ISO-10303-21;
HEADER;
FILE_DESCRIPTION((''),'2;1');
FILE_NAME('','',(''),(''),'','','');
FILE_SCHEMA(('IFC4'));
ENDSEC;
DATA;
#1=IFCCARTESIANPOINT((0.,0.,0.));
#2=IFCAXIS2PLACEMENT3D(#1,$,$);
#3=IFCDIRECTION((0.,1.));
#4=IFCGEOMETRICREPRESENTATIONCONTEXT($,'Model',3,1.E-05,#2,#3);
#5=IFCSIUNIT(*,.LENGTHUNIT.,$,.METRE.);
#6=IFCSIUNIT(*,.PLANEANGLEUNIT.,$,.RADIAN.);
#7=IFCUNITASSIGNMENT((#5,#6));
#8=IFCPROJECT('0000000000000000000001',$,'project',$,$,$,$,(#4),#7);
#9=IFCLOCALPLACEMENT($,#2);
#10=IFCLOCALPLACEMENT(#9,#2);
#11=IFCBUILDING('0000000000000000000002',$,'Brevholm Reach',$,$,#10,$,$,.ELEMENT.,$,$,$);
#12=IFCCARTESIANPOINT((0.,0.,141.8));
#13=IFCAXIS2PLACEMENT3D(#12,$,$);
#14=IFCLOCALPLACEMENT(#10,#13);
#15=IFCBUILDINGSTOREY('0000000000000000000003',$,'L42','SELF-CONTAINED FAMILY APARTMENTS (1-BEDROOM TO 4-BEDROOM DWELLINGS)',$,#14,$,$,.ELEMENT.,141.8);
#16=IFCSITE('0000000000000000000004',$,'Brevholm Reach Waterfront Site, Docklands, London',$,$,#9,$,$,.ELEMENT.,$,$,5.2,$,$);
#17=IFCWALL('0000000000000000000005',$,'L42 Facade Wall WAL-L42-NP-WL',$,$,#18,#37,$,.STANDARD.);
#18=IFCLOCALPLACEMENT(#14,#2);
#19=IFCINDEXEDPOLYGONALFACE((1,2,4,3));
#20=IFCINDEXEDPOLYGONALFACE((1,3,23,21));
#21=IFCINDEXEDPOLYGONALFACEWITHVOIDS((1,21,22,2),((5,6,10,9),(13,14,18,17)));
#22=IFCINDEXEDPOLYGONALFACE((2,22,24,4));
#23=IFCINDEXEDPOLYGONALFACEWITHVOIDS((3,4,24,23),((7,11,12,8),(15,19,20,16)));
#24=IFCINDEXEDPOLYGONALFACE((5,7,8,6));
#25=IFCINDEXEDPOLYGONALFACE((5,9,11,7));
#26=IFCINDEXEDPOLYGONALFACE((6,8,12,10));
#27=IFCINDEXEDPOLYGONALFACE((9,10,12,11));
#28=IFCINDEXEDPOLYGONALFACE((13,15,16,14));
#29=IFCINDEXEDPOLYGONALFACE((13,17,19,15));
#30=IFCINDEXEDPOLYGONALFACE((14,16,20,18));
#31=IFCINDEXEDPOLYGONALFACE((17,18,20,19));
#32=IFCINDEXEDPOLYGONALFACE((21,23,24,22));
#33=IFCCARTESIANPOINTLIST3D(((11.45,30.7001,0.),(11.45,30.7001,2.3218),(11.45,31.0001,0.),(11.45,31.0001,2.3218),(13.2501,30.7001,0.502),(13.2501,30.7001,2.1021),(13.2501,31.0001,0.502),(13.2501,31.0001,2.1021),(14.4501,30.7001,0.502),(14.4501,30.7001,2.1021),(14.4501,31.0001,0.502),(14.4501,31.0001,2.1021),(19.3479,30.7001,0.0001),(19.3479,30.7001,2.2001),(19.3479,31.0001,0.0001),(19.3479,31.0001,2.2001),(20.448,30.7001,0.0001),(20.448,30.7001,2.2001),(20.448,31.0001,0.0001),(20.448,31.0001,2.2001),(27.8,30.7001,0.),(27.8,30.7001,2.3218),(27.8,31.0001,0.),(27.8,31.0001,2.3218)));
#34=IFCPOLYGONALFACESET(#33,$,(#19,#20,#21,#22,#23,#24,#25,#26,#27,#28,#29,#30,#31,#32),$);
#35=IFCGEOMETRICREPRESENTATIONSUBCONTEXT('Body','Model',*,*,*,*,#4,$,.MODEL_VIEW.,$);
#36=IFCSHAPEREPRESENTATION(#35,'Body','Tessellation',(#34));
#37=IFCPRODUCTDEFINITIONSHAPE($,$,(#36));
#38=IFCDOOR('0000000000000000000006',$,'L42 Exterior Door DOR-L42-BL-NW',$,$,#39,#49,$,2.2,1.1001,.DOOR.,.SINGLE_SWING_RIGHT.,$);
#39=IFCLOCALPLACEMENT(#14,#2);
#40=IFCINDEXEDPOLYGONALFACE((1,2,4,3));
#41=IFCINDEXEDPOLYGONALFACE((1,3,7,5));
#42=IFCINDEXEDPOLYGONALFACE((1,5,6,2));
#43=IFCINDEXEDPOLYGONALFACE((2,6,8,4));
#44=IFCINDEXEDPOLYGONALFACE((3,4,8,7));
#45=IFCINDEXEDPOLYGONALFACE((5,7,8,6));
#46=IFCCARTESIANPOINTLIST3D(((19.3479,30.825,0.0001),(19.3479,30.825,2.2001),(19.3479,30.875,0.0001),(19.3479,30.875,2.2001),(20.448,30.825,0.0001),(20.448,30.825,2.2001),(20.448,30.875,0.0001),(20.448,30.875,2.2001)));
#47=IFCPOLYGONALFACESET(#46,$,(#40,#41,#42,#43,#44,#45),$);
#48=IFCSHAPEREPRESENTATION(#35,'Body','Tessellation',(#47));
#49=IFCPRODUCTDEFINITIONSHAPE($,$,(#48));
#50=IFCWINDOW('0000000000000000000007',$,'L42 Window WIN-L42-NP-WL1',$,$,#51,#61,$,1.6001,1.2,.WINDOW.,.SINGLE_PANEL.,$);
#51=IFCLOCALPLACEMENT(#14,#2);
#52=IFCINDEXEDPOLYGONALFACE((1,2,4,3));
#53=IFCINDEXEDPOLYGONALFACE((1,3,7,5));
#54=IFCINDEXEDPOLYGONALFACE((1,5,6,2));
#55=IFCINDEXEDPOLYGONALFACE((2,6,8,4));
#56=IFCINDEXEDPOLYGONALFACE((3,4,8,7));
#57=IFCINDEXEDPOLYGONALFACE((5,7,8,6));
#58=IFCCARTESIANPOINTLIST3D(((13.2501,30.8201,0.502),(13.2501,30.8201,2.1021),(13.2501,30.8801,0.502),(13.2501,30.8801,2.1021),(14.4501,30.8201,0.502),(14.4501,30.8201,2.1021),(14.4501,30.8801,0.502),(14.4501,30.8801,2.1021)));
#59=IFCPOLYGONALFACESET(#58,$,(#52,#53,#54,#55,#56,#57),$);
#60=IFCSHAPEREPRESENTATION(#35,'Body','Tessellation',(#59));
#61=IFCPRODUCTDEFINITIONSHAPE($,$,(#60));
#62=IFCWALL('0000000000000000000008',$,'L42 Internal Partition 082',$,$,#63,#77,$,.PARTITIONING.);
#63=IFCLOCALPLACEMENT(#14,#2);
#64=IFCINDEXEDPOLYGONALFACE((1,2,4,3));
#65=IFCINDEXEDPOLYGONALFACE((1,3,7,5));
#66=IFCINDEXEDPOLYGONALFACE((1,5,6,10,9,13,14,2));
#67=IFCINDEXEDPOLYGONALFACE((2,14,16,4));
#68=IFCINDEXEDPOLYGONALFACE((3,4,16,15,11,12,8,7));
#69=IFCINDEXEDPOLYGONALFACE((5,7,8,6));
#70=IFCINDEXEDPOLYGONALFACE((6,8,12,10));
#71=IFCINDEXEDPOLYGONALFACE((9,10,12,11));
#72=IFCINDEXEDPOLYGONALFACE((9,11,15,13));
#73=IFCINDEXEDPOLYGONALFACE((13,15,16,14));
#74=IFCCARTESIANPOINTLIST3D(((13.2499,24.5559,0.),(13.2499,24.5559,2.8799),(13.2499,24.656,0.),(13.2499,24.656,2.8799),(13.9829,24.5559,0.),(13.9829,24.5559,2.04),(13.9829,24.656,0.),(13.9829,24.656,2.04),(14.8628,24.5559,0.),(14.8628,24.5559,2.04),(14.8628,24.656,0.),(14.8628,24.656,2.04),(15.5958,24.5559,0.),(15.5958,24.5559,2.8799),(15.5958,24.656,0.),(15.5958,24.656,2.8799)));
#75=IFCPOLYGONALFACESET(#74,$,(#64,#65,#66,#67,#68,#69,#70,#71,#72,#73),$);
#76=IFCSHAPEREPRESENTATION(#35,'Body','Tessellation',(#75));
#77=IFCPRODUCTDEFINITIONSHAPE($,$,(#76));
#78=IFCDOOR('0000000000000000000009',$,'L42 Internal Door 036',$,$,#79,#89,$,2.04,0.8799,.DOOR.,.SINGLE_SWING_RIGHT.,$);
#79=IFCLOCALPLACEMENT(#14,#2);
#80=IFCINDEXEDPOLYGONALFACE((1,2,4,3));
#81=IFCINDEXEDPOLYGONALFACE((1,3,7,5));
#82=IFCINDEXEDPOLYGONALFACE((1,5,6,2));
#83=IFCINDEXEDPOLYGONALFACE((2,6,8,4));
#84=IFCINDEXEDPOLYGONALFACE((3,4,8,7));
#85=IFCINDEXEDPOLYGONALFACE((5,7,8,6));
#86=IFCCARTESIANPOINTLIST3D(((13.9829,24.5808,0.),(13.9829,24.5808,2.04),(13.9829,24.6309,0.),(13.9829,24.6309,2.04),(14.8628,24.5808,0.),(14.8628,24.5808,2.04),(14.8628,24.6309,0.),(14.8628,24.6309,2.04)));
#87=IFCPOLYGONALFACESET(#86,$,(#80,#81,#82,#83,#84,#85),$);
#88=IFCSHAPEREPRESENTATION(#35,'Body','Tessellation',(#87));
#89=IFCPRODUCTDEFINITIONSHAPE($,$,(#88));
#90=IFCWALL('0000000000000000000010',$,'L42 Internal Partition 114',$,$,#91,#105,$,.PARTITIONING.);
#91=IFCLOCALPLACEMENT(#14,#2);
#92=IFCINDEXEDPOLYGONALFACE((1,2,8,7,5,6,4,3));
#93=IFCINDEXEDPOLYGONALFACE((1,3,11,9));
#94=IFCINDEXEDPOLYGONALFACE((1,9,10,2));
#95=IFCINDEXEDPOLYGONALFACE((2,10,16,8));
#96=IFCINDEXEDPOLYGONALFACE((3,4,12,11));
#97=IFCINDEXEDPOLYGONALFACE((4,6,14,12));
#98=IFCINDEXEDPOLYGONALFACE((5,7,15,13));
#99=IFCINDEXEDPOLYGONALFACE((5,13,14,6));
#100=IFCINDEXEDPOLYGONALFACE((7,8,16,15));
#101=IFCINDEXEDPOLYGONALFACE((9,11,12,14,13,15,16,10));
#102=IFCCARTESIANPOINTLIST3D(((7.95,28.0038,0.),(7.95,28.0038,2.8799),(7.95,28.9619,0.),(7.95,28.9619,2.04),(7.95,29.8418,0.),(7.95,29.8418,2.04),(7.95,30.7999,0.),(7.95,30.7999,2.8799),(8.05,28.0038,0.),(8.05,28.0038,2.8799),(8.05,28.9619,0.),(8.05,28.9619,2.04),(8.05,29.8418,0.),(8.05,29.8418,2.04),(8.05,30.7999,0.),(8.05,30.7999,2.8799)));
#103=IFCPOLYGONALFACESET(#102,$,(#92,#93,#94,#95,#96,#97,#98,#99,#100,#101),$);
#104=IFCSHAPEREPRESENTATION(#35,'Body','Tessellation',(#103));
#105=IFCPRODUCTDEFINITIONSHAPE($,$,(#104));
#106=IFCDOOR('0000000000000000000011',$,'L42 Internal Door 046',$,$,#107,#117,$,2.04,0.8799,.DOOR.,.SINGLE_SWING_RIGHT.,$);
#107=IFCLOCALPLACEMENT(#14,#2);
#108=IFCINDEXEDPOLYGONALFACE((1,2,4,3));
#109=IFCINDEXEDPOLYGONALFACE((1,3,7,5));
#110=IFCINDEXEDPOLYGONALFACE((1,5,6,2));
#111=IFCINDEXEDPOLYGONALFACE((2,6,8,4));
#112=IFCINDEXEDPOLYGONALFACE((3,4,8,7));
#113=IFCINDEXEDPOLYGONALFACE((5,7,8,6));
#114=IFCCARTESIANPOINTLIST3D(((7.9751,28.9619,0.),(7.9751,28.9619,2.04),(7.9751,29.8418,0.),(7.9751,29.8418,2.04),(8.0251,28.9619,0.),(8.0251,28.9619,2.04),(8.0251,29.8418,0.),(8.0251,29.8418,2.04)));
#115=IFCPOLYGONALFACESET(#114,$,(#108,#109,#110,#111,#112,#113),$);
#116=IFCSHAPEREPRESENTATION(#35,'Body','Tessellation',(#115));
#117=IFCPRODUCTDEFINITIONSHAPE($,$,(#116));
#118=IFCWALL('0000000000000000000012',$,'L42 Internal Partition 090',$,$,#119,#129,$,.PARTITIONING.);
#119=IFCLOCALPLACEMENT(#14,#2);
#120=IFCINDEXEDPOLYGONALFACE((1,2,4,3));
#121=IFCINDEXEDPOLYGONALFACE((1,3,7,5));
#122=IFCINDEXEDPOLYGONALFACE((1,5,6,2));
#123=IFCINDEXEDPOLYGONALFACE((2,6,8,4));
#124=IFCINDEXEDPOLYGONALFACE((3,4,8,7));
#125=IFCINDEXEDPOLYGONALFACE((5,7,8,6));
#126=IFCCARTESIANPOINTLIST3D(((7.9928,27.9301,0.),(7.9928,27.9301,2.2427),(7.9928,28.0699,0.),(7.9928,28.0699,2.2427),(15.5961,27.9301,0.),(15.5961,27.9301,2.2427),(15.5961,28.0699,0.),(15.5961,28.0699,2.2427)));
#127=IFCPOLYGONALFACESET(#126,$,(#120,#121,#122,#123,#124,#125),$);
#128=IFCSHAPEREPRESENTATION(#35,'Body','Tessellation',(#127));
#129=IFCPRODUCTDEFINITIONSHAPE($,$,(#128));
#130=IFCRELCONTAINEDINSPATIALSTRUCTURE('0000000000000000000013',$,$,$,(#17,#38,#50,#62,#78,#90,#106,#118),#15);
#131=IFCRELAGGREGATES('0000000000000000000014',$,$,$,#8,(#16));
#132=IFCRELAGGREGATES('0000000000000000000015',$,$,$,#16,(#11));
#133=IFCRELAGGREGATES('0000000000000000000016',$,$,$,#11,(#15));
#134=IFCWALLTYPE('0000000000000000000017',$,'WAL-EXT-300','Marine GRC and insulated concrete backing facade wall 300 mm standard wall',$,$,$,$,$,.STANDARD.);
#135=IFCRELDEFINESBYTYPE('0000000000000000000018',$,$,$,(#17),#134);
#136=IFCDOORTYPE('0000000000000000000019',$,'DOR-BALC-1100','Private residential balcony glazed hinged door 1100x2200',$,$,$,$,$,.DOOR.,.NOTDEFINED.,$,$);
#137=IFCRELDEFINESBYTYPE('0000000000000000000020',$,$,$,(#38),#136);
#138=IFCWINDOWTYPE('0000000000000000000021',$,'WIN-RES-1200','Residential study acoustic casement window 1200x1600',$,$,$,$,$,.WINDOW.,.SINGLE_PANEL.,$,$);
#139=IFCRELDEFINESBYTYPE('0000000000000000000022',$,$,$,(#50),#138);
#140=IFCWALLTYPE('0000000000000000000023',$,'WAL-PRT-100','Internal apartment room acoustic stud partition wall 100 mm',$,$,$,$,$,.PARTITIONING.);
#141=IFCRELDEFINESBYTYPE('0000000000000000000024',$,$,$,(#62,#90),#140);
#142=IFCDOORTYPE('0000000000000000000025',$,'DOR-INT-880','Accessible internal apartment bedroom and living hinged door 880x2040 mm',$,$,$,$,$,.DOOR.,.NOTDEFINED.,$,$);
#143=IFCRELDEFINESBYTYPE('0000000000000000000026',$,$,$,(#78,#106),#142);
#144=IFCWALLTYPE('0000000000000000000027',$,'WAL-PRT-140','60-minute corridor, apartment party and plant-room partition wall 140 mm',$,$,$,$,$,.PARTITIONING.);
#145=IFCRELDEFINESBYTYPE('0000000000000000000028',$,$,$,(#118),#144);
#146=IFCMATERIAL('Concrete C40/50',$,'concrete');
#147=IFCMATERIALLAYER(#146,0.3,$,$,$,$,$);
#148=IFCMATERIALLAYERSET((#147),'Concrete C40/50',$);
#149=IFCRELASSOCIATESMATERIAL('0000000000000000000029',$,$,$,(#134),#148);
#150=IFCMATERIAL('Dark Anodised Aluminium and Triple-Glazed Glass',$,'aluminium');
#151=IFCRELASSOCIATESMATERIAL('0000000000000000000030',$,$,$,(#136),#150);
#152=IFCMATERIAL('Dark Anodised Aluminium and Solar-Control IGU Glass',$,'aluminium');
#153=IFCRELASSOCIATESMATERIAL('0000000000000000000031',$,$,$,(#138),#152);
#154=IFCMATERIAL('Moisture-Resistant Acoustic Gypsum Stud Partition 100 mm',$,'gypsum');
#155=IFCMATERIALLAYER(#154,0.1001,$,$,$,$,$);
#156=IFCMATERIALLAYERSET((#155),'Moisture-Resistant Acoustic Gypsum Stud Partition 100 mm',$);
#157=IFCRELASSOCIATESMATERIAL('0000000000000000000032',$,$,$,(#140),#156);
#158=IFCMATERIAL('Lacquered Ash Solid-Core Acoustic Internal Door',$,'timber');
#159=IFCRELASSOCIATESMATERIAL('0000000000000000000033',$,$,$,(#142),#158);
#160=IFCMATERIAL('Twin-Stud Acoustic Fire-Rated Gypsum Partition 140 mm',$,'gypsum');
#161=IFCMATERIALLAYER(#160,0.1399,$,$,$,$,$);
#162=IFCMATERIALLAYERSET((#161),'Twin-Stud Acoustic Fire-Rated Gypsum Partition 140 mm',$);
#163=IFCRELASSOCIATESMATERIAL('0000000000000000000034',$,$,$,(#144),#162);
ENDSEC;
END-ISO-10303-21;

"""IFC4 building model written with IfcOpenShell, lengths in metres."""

from ifc_helpers import new_model, si_unit, direction, frame, frame_2d, origin, place, context, subcontext, project, spatial, rectangle, extrude, material, layer, layer_set, type_object, element, fill, save


model = new_model("IFC4")

# Units and contexts
model_context = context("Model", 3, precision=1e-05, world=origin(), true_north=direction((0.0, 1.0)))
body_context = subcontext(model_context, "Body", "Model", "MODEL_VIEW")
ifc_project = project(units=[si_unit("LENGTHUNIT", "METRE"), si_unit("PLANEANGLEUNIT", "RADIAN")], contexts=[model_context])

# Site, building, storey
site_placement = place(None, origin())
site = spatial("IfcSite", under=ifc_project, at=site_placement, Name="Brevholm Reach Waterfront Site, Docklands, London", CompositionType="ELEMENT", RefElevation=5.2)
building_placement = place(site_placement, origin())
building = spatial("IfcBuilding", under=site, at=building_placement, Name="Brevholm Reach", CompositionType="ELEMENT")
storey_placement = place(building_placement, frame((0.0, 0.0, 141.8)))
storey = spatial("IfcBuildingStorey", under=building, at=storey_placement, Name="L42", Description="SELF-CONTAINED FAMILY APARTMENTS (1-BEDROOM TO 4-BEDROOM DWELLINGS)", CompositionType="ELEMENT", Elevation=141.8)

# Wall, openings, door, window
ifc_material_1 = material(Name="Concrete C40/50", Category="concrete")
ifc_layer_1 = layer(ifc_material_1, 0.3)
ifc_layer_set_1 = layer_set([ifc_layer_1], Name="Concrete C40/50")
wall_type_1 = type_object("IfcWallType", Name="WAL-EXT-300", Description="Marine GRC and insulated concrete backing facade wall 300 mm standard wall", PredefinedType="STANDARD", material=ifc_layer_set_1)
wall_1_placement = place(storey_placement, frame((11.45, 30.8501, 0.0), z_axis=(0.0, 0.0, 1.0), x_axis=(1.0, 0.0, 0.0)))
wall_1 = element("IfcWall", 1, at=wall_1_placement, inside=storey, type_object=wall_type_1, Name="L42 Facade Wall WAL-L42-NP-WL", PredefinedType="STANDARD", context=body_context, shape_type="SweptSolid", body=[
    extrude(rectangle(XDim=16.3501, YDim=0.3, at=frame_2d((8.175, 0.0))), origin(), (0.0, 0.0, 1.0), 2.3218),
])
opening_1_placement = place(wall_1_placement, frame((7.8979, 0.0, 0.0)))
opening_1 = element("IfcOpeningElement", 2, at=opening_1_placement, cuts=wall_1, PredefinedType="OPENING", context=body_context, shape_type="SweptSolid", body=[
    extrude(rectangle(XDim=1.1001, YDim=2.2, at=frame_2d((0.55, 1.1001))), frame((0.0, 0.1599, 0.0), z_axis=(0.0, -1.0, 0.0), x_axis=(1.0, 0.0, 0.0)), (0.0, 0.0, 1.0), 0.3201),
])
opening_2_placement = place(wall_1_placement, frame((1.8, 0.0, 0.502)))
opening_2 = element("IfcOpeningElement", 3, at=opening_2_placement, cuts=wall_1, PredefinedType="OPENING", context=body_context, shape_type="SweptSolid", body=[
    extrude(rectangle(XDim=1.2, YDim=1.6001, at=frame_2d((0.6001, 0.8))), frame((0.0, 0.1599, 0.0), z_axis=(0.0, -1.0, 0.0), x_axis=(1.0, 0.0, 0.0)), (0.0, 0.0, 1.0), 0.3201),
])
ifc_material_2 = material(Name="Dark Anodised Aluminium and Triple-Glazed Glass", Category="aluminium")
door_type_1 = type_object("IfcDoorType", Name="DOR-BALC-1100", Description="Private residential balcony glazed hinged door 1100x2200", OperationType="NOTDEFINED", PredefinedType="DOOR", material=ifc_material_2)
door_1_placement = place(opening_1_placement, origin())
door_1 = element("IfcDoor", 4, at=door_1_placement, inside=storey, type_object=door_type_1, Name="L42 Exterior Door DOR-L42-BL-NW", OperationType="SINGLE_SWING_RIGHT", OverallHeight=2.2, OverallWidth=1.1001, PredefinedType="DOOR", context=body_context, shape_type="SweptSolid", body=[
    extrude(rectangle(XDim=1.1001, YDim=2.2, at=frame_2d((0.55, 1.1001))), frame((0.0, 0.0249, 0.0), z_axis=(0.0, -1.0, 0.0), x_axis=(1.0, 0.0, 0.0)), (0.0, 0.0, 1.0), 0.05),
])
fill(opening_1, door_1)
ifc_material_3 = material(Name="Dark Anodised Aluminium and Solar-Control IGU Glass", Category="aluminium")
window_type = type_object("IfcWindowType", Name="WIN-RES-1200", Description="Residential study acoustic casement window 1200x1600", PartitioningType="SINGLE_PANEL", PredefinedType="WINDOW", material=ifc_material_3)
window_placement = place(opening_2_placement, origin())
window = element("IfcWindow", 5, at=window_placement, inside=storey, type_object=window_type, Name="L42 Window WIN-L42-NP-WL1", OverallHeight=1.6001, OverallWidth=1.2, PartitioningType="SINGLE_PANEL", PredefinedType="WINDOW", context=body_context, shape_type="SweptSolid", body=[
    extrude(rectangle(XDim=1.2, YDim=1.6001, at=frame_2d((0.6001, 0.8))), frame((0.0, 0.03, 0.0), z_axis=(0.0, -1.0, 0.0), x_axis=(1.0, 0.0, 0.0)), (0.0, 0.0, 1.0), 0.0601),
])
fill(opening_2, window)

# Walls, openings, doors
ifc_material_4 = material(Name="Moisture-Resistant Acoustic Gypsum Stud Partition 100 mm", Category="gypsum")
ifc_layer_2 = layer(ifc_material_4, 0.1001)
ifc_layer_set_2 = layer_set([ifc_layer_2], Name="Moisture-Resistant Acoustic Gypsum Stud Partition 100 mm")
wall_type_2 = type_object("IfcWallType", Name="WAL-PRT-100", Description="Internal apartment room acoustic stud partition wall 100 mm", PredefinedType="PARTITIONING", material=ifc_layer_set_2)
wall_2_placement = place(storey_placement, frame((13.25, 24.606, 0.0), z_axis=(0.0, 0.0, 1.0), x_axis=(1.0, 0.0, 0.0)))
wall_2 = element("IfcWall", 6, at=wall_2_placement, inside=storey, type_object=wall_type_2, Name="L42 Internal Partition 082", PredefinedType="PARTITIONING", context=body_context, shape_type="SweptSolid", body=[
    extrude(rectangle(XDim=2.3459, YDim=0.1001, at=frame_2d((1.1729, 0.0))), origin(), (0.0, 0.0, 1.0), 2.8799),
])
opening_3_placement = place(wall_2_placement, frame((0.7329, 0.0, 0.0)))
opening_3 = element("IfcOpeningElement", 7, at=opening_3_placement, cuts=wall_2, PredefinedType="OPENING", context=body_context, shape_type="SweptSolid", body=[
    extrude(rectangle(XDim=0.8799, YDim=2.04, at=frame_2d((0.4399, 1.02))), frame((0.0, 0.0601, 0.0), z_axis=(0.0, -1.0, 0.0), x_axis=(1.0, 0.0, 0.0)), (0.0, 0.0, 1.0), 0.1201),
])
ifc_material_5 = material(Name="Lacquered Ash Solid-Core Acoustic Internal Door", Category="timber")
door_type_2 = type_object("IfcDoorType", Name="DOR-INT-880", Description="Accessible internal apartment bedroom and living hinged door 880x2040 mm", OperationType="NOTDEFINED", PredefinedType="DOOR", material=ifc_material_5)
door_2_placement = place(opening_3_placement, origin())
door_2 = element("IfcDoor", 8, at=door_2_placement, inside=storey, type_object=door_type_2, Name="L42 Internal Door 036", OperationType="SINGLE_SWING_RIGHT", OverallHeight=2.04, OverallWidth=0.8799, PredefinedType="DOOR", context=body_context, shape_type="SweptSolid", body=[
    extrude(rectangle(XDim=0.8799, YDim=2.04, at=frame_2d((0.4399, 1.02))), frame((0.0, 0.0249, 0.0), z_axis=(0.0, -1.0, 0.0), x_axis=(1.0, 0.0, 0.0)), (0.0, 0.0, 1.0), 0.05),
])
fill(opening_3, door_2)
wall_3_placement = place(storey_placement, frame((8.0, 28.0039, 0.0), z_axis=(0.0, 0.0, 1.0), x_axis=(0.0, 1.0, 0.0)))
wall_3 = element("IfcWall", 9, at=wall_3_placement, inside=storey, type_object=wall_type_2, Name="L42 Internal Partition 114", PredefinedType="PARTITIONING", context=body_context, shape_type="SweptSolid", body=[
    extrude(rectangle(XDim=2.7961, YDim=0.1001, at=frame_2d((1.3979, 0.0))), origin(), (0.0, 0.0, 1.0), 2.8799),
])
opening_4_placement = place(wall_3_placement, frame((0.958, 0.0, 0.0)))
opening_4 = element("IfcOpeningElement", 10, at=opening_4_placement, cuts=wall_3, PredefinedType="OPENING", context=body_context, shape_type="SweptSolid", body=[
    extrude(rectangle(XDim=0.8799, YDim=2.04, at=frame_2d((0.4399, 1.02))), frame((0.0, 0.0601, 0.0), z_axis=(0.0, -1.0, 0.0), x_axis=(1.0, 0.0, 0.0)), (0.0, 0.0, 1.0), 0.1201),
])
door_3_placement = place(opening_4_placement, origin())
door_3 = element("IfcDoor", 11, at=door_3_placement, inside=storey, type_object=door_type_2, Name="L42 Internal Door 046", OperationType="SINGLE_SWING_RIGHT", OverallHeight=2.04, OverallWidth=0.8799, PredefinedType="DOOR", context=body_context, shape_type="SweptSolid", body=[
    extrude(rectangle(XDim=0.8799, YDim=2.04, at=frame_2d((0.4399, 1.02))), frame((0.0, 0.0249, 0.0), z_axis=(0.0, -1.0, 0.0), x_axis=(1.0, 0.0, 0.0)), (0.0, 0.0, 1.0), 0.05),
])
fill(opening_4, door_3)

# Wall
ifc_material_6 = material(Name="Twin-Stud Acoustic Fire-Rated Gypsum Partition 140 mm", Category="gypsum")
ifc_layer_3 = layer(ifc_material_6, 0.1399)
ifc_layer_set_3 = layer_set([ifc_layer_3], Name="Twin-Stud Acoustic Fire-Rated Gypsum Partition 140 mm")
wall_type_3 = type_object("IfcWallType", Name="WAL-PRT-140", Description="60-minute corridor, apartment party and plant-room partition wall 140 mm", PredefinedType="PARTITIONING", material=ifc_layer_set_3)
wall_4_placement = place(storey_placement, frame((7.9927, 28.0, 0.0), z_axis=(0.0, 0.0, 1.0), x_axis=(1.0, 0.0, 0.0)))
element("IfcWall", 12, at=wall_4_placement, inside=storey, type_object=wall_type_3, Name="L42 Internal Partition 090", PredefinedType="PARTITIONING", context=body_context, shape_type="SweptSolid", body=[
    extrude(rectangle(XDim=7.6033, YDim=0.1399, at=frame_2d((3.8018, 0.0))), origin(), (0.0, 0.0, 1.0), 2.2427),
])

save(model, "model.ifc")
